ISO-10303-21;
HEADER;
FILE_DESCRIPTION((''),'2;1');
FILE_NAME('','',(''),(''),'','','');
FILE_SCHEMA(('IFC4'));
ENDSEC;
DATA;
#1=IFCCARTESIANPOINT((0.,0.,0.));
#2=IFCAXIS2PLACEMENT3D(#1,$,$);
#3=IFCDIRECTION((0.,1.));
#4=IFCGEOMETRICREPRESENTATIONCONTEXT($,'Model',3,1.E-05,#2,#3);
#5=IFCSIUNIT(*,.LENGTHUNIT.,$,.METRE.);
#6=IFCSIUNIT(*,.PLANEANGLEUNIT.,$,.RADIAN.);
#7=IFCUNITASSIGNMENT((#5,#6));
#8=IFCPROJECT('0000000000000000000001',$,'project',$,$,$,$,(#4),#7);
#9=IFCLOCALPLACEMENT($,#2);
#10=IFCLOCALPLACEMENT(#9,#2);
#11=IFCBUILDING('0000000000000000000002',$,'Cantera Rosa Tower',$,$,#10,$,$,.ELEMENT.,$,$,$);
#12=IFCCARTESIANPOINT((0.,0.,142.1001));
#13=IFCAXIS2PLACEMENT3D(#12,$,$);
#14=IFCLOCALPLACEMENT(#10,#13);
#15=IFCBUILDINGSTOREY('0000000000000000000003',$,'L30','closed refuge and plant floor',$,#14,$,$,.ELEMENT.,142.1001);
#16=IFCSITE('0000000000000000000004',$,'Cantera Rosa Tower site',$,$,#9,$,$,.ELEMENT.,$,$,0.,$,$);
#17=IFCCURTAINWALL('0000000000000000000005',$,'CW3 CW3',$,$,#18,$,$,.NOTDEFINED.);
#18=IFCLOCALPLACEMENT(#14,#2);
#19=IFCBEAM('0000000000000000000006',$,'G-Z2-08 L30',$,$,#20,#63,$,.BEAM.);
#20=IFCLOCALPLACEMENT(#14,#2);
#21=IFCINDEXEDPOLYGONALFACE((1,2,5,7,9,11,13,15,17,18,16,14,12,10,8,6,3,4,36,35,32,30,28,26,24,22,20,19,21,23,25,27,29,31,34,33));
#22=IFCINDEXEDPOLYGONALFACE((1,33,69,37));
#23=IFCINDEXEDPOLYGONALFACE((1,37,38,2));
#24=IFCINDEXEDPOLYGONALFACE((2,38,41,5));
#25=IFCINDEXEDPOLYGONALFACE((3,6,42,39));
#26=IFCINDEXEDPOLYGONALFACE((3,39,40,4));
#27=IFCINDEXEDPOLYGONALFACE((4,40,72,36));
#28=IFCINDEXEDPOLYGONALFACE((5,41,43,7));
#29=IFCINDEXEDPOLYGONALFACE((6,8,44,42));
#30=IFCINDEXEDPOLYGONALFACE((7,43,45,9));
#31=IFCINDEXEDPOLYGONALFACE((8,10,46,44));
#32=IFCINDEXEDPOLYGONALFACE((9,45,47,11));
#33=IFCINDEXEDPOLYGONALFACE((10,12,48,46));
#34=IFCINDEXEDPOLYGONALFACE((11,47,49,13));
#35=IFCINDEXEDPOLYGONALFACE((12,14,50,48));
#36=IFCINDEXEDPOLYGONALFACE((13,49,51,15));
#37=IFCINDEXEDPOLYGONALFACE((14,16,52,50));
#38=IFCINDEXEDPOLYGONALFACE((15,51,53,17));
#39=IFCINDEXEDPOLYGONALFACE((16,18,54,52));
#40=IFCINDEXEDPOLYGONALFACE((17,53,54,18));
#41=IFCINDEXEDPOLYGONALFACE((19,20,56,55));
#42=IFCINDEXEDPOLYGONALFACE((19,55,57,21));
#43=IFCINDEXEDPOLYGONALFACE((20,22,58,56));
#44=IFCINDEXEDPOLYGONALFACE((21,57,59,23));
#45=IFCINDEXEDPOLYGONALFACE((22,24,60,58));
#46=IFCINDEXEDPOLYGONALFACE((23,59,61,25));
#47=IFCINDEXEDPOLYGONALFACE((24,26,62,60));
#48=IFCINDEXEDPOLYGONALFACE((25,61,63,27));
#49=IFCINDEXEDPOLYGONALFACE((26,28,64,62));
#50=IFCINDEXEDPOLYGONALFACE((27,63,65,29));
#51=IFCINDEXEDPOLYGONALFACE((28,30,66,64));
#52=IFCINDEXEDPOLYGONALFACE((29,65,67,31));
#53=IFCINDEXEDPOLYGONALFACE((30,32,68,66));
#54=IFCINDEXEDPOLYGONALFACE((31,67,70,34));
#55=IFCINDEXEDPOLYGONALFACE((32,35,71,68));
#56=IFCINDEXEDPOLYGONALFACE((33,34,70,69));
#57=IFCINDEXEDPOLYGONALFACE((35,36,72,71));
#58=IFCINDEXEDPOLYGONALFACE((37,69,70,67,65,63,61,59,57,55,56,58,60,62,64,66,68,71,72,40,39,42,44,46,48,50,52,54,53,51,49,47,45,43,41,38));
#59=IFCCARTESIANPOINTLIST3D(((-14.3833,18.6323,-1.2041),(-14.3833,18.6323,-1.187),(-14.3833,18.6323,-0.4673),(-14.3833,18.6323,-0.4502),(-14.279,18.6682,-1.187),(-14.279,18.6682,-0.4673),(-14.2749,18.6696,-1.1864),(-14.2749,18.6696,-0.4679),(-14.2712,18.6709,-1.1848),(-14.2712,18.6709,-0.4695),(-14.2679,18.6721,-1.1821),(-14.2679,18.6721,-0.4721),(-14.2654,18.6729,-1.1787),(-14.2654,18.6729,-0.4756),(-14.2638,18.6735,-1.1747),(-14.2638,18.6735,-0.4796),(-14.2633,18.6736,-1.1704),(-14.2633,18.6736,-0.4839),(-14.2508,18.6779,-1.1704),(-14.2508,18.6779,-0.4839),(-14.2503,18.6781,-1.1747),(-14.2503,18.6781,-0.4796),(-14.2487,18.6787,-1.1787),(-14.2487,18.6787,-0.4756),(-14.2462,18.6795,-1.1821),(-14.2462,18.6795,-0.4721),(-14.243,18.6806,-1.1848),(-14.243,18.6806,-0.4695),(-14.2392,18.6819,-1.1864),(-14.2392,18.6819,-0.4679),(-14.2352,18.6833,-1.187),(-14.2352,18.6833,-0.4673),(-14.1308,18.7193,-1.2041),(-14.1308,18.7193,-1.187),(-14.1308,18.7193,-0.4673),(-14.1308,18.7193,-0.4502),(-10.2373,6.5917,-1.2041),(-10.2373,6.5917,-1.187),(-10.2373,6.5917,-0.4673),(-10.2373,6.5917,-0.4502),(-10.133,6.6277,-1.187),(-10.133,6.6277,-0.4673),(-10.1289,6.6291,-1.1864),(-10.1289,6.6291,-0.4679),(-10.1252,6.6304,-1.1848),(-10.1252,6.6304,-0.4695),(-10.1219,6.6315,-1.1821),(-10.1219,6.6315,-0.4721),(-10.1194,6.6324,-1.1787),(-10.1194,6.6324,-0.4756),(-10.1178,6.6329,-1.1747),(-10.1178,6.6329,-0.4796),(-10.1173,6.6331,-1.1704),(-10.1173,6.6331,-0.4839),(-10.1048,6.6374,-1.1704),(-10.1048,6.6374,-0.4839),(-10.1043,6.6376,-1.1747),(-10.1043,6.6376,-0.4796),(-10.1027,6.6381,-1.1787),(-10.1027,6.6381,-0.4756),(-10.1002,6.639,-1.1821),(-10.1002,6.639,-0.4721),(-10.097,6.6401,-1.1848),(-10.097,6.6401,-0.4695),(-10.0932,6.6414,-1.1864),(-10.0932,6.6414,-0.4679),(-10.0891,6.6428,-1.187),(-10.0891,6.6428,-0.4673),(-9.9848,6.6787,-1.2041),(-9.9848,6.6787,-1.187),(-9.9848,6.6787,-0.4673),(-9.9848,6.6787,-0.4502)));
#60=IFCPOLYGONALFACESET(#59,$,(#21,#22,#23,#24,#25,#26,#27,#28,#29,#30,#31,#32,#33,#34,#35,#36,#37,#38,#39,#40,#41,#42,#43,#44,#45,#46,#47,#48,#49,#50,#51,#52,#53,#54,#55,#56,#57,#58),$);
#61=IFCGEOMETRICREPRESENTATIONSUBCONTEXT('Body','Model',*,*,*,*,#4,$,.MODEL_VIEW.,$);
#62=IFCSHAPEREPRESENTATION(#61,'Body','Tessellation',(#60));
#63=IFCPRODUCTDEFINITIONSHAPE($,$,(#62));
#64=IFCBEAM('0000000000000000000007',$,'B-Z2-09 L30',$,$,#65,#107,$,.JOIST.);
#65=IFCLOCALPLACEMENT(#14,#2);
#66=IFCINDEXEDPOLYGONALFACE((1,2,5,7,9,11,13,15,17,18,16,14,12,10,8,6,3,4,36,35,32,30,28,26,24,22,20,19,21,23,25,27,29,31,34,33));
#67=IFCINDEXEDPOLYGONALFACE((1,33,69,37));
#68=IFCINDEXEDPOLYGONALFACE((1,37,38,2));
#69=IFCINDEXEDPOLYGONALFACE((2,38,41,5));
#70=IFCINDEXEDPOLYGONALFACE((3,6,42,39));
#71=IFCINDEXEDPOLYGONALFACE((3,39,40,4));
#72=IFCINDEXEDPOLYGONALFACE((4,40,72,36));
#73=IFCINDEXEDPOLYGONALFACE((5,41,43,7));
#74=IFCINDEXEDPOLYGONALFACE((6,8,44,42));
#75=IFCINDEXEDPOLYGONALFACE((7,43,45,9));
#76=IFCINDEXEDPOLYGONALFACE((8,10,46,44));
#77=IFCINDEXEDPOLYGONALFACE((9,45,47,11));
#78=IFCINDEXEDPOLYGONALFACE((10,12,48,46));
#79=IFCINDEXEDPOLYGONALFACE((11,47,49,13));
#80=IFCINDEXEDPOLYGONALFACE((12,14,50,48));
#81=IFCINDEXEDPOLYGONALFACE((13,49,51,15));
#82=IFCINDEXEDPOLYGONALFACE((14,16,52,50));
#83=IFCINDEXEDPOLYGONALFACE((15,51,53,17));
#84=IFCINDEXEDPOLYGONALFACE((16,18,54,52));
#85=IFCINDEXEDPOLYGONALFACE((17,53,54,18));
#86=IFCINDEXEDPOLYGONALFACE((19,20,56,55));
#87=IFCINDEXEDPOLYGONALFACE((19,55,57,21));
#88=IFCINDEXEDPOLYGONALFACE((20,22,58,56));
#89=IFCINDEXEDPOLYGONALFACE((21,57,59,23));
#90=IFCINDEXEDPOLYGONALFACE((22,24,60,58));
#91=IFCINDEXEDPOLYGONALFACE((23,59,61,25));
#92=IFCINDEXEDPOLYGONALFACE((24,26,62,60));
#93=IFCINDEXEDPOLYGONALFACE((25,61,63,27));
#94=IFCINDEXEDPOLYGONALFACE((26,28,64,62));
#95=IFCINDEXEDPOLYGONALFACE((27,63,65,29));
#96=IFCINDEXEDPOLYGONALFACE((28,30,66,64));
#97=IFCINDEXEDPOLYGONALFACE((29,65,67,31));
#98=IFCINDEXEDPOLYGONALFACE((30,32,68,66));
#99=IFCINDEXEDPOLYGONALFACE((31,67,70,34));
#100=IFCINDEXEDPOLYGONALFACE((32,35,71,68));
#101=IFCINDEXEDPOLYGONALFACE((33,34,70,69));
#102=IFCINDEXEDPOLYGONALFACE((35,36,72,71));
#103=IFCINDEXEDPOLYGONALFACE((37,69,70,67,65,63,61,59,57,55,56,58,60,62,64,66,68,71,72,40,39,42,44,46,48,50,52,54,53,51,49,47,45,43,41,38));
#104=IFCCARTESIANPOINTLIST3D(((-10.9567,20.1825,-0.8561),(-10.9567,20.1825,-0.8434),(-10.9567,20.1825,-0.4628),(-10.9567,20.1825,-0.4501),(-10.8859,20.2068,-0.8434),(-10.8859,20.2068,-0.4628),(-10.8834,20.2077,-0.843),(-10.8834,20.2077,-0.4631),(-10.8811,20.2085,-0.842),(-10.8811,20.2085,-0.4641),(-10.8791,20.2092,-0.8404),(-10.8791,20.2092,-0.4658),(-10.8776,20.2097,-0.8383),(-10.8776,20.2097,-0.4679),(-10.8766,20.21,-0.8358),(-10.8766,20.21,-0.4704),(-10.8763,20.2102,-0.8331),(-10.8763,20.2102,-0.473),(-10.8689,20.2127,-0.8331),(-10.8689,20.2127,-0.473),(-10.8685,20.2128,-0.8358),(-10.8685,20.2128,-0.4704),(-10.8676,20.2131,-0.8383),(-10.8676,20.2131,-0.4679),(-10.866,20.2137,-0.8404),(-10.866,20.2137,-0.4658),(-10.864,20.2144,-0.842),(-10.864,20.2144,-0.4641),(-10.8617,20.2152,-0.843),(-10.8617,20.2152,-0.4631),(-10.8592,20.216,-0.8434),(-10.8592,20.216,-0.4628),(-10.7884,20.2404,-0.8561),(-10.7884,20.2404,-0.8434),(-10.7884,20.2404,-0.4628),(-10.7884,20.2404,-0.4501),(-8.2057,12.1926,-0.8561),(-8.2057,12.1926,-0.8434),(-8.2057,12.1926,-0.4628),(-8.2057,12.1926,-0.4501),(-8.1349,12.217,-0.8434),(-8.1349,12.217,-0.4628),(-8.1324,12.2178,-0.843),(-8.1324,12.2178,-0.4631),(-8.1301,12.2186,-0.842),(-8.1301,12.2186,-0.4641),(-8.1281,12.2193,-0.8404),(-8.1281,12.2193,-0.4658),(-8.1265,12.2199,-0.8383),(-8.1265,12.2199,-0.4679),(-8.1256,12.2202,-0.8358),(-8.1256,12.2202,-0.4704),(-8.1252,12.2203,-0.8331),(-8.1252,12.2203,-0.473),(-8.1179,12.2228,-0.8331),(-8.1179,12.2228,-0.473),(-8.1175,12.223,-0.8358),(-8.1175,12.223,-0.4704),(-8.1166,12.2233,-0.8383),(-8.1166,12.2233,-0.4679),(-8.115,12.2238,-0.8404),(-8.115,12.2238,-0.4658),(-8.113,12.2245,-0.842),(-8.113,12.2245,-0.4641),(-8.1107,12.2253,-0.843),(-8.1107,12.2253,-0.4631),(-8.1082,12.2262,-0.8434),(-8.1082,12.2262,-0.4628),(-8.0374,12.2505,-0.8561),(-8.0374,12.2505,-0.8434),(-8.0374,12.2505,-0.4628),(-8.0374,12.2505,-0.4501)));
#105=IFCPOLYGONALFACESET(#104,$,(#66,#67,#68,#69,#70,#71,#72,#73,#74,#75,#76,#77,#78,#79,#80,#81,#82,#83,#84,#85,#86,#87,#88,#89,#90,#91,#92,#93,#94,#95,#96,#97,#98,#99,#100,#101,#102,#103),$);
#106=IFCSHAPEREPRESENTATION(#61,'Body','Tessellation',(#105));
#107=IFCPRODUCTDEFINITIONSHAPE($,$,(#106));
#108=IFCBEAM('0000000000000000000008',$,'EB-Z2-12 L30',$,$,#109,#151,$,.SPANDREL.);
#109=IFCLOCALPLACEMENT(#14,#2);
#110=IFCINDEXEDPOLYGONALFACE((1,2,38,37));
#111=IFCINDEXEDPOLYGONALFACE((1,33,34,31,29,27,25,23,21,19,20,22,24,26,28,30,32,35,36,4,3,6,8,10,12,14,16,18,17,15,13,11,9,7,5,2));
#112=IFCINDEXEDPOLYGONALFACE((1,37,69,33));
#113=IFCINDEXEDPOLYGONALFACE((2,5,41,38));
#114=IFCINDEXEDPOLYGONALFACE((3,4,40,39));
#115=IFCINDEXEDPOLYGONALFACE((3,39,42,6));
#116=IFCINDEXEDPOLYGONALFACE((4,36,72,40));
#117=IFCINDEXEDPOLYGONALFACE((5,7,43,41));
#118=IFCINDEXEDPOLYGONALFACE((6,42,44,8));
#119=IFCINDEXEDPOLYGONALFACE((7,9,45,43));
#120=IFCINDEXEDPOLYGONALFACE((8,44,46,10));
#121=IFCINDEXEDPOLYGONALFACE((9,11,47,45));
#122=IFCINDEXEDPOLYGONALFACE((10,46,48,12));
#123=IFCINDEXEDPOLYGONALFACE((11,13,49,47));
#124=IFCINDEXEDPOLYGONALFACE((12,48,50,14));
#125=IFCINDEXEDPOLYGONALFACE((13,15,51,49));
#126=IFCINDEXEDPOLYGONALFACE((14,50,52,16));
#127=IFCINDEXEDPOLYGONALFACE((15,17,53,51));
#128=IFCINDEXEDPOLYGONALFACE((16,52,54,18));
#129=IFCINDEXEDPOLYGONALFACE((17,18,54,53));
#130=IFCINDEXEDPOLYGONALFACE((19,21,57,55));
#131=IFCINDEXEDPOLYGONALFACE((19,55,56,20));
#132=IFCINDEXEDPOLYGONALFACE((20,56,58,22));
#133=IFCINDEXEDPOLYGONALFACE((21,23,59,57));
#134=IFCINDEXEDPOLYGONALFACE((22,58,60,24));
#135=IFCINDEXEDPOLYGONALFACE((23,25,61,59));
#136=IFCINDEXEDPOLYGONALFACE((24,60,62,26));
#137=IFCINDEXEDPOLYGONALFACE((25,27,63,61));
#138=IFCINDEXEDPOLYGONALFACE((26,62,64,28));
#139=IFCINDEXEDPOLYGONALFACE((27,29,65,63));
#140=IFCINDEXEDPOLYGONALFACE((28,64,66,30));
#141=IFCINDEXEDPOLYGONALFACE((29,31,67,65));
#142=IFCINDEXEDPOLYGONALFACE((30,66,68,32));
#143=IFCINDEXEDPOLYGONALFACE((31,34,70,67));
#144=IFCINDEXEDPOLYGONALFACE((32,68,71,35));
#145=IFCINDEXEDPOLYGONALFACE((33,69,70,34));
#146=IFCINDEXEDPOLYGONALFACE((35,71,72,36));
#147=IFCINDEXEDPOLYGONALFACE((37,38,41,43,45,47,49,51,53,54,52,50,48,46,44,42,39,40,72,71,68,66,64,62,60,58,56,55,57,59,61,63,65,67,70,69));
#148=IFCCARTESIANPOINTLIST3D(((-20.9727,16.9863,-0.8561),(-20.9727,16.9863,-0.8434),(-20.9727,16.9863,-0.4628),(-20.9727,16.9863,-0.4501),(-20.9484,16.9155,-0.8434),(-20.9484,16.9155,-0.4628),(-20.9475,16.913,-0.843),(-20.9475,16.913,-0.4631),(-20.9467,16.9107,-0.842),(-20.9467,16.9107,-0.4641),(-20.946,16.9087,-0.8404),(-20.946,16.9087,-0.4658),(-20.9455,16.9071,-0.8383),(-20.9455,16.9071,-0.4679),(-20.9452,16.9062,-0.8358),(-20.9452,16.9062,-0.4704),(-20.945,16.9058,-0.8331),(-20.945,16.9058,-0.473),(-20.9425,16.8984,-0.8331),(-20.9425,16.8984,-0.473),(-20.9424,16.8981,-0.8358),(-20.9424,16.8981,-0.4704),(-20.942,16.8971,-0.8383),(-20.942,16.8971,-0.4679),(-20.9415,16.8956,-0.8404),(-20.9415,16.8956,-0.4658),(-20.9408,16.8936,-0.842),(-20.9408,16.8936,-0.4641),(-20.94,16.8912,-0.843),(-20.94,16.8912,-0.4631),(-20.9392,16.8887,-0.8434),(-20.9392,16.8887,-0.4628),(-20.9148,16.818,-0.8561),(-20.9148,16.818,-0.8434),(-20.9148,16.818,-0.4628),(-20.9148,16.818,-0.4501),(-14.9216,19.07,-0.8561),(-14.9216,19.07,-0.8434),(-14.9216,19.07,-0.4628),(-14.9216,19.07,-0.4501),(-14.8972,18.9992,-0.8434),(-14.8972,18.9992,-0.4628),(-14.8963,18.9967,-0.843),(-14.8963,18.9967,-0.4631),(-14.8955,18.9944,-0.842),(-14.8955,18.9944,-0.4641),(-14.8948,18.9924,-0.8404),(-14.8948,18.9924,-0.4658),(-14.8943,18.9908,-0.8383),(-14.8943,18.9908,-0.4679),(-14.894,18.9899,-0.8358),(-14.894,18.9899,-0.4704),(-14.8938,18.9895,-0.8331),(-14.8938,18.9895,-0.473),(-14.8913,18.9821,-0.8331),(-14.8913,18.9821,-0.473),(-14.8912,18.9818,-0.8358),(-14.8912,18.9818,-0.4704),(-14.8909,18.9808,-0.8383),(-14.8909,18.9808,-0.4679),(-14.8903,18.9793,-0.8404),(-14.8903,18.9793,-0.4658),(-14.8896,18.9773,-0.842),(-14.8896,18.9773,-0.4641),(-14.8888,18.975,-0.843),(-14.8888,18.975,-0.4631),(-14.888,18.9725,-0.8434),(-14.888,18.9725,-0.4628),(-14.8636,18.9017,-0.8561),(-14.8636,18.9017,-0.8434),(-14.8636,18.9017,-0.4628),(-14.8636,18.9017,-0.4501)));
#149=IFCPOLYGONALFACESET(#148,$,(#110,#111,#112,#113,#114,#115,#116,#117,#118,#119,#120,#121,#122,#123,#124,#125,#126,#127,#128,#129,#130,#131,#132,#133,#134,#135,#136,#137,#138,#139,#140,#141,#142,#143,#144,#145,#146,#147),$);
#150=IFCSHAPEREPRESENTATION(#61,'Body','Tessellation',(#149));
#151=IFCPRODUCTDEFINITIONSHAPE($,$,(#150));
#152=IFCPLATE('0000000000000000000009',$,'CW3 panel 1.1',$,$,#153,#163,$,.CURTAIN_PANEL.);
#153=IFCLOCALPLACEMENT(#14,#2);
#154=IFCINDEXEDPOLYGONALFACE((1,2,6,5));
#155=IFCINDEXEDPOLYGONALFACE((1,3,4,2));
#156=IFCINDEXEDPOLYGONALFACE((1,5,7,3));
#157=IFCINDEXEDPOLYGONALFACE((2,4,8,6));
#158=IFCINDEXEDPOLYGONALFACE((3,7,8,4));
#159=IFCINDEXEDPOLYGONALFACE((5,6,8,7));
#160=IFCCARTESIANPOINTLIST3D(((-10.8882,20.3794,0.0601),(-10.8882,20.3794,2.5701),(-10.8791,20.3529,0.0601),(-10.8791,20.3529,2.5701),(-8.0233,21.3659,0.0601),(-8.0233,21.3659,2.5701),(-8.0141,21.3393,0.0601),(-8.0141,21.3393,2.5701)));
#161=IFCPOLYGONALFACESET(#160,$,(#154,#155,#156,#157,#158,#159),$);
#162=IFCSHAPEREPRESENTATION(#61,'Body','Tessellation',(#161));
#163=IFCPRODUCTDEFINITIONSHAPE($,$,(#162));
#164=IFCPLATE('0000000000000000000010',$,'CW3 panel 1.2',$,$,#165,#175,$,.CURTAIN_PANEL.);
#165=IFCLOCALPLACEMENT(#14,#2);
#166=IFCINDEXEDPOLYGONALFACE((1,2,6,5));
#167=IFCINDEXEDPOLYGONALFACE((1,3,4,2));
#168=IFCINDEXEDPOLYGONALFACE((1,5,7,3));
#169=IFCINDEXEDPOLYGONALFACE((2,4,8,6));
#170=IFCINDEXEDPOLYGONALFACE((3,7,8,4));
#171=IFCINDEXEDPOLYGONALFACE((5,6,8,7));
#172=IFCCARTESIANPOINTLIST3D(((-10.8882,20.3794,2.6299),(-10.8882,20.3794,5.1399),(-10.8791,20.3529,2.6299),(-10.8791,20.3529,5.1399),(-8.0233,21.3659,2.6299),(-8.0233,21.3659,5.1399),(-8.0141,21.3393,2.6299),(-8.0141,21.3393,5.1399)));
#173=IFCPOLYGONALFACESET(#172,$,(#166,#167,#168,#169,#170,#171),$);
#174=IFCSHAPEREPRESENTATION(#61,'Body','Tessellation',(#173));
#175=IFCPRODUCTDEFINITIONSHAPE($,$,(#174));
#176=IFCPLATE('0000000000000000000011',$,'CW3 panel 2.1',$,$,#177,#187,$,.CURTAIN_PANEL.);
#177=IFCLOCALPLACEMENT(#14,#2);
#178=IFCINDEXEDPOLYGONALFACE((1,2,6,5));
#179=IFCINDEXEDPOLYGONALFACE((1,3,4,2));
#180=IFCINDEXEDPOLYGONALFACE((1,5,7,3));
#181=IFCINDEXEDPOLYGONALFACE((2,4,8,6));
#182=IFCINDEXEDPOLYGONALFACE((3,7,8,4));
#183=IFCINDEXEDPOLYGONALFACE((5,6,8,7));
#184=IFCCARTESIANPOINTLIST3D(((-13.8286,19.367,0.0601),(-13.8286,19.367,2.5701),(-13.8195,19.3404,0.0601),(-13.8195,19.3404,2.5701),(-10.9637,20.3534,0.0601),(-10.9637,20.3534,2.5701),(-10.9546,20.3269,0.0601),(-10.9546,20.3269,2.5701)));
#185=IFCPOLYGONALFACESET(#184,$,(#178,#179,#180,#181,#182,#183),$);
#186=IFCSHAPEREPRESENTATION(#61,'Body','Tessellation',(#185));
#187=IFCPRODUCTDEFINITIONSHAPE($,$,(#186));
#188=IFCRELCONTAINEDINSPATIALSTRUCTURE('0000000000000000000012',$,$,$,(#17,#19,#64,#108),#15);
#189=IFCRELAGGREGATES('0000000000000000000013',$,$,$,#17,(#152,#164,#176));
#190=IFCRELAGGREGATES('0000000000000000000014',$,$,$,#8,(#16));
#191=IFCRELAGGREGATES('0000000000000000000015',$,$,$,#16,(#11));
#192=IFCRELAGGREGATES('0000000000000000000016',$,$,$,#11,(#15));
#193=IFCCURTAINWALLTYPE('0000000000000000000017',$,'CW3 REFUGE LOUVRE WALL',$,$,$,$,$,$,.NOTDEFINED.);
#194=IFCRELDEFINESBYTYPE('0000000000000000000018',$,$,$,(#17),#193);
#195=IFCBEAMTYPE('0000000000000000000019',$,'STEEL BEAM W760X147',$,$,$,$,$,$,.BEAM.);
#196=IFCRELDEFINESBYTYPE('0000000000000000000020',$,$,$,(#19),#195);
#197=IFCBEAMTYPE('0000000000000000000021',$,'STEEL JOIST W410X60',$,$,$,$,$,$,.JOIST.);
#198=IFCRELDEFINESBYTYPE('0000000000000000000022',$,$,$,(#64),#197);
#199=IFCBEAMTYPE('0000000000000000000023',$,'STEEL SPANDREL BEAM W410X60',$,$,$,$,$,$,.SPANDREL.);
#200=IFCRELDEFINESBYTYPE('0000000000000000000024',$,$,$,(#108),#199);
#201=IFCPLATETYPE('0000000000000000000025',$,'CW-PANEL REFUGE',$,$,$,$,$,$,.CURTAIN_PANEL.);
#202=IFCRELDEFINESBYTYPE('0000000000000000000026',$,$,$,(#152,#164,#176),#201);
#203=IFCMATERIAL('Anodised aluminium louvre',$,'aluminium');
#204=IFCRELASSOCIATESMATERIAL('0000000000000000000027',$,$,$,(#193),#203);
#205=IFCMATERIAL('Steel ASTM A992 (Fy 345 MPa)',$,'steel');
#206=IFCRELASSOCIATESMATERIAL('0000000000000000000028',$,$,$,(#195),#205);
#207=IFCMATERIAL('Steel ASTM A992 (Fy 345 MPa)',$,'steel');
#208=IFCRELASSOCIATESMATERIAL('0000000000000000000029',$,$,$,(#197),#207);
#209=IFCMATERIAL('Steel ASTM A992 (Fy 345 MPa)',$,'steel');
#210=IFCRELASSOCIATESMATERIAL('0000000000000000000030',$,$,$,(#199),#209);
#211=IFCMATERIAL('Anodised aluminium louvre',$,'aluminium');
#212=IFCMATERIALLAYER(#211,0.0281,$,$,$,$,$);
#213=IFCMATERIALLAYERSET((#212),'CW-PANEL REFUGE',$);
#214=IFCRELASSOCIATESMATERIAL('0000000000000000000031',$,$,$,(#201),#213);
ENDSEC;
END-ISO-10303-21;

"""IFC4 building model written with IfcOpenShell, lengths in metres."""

from ifc_helpers import new_model, si_unit, direction, frame, origin, origin_2d, place, context, subcontext, project, spatial, rectangle, i_section, extrude, material, layer, layer_set, material_profile, profile_set, type_object, element, aggregate, save


model = new_model("IFC4")

# Units and contexts
model_context = context("Model", 3, precision=1e-05, world=origin(), true_north=direction((0.0, 1.0)))
body_context = subcontext(model_context, "Body", "Model", "MODEL_VIEW")
ifc_project = project(units=[si_unit("LENGTHUNIT", "METRE"), si_unit("PLANEANGLEUNIT", "RADIAN")], contexts=[model_context])

# Site, building, storey
site_placement = place(None, origin())
site = spatial("IfcSite", under=ifc_project, at=site_placement, Name="Cantera Rosa Tower site", CompositionType="ELEMENT", RefElevation=0.0)
building_placement = place(site_placement, origin())
building = spatial("IfcBuilding", under=site, at=building_placement, Name="Cantera Rosa Tower", CompositionType="ELEMENT")
storey_placement = place(building_placement, frame((0.0, 0.0, 142.1001)))
storey = spatial("IfcBuildingStorey", under=building, at=storey_placement, Name="L30", Description="closed refuge and plant floor", CompositionType="ELEMENT", Elevation=142.1001)

# Curtain wall
ifc_material_1 = material(Name="Anodised aluminium louvre", Category="aluminium")
curtain_wall_type = type_object("IfcCurtainWallType", Name="CW3 REFUGE LOUVRE WALL", PredefinedType="NOTDEFINED", material=ifc_material_1)
curtain_wall_1_placement = place(storey_placement, origin())
curtain_wall_1 = element("IfcCurtainWall", 1, at=curtain_wall_1_placement, inside=storey, type_object=curtain_wall_type, Name="CW3 CW3", PredefinedType="NOTDEFINED")

# Beams
ifc_material_2 = material(Name="Steel ASTM A992 (Fy 345 MPa)", Category="steel")
ifc_material_profile_1 = material_profile(ifc_material_2, i_section(OverallWidth=0.2671, OverallDepth=0.7539, WebThickness=0.0132, FlangeThickness=0.0171, FilletRadius=0.0166, at=origin_2d()), Name="W760X147")
ifc_profile_set_1 = profile_set([ifc_material_profile_1], Name="Steel ASTM A992 (Fy 345 MPa)")
beam_type_1 = type_object("IfcBeamType", Name="STEEL BEAM W760X147", PredefinedType="BEAM", material=ifc_profile_set_1)
beam_1_placement = place(storey_placement, frame((-14.2571, 18.6758, -0.8271), z_axis=(0.325576, -0.945516, 0.0), x_axis=(0.945516, 0.325576, 0.0)))
element("IfcBeam", 2, at=beam_1_placement, inside=storey, type_object=beam_type_1, Name="G-Z2-08 L30", PredefinedType="BEAM", context=body_context, shape_type="SweptSolid", body=[
    extrude(i_section(OverallWidth=0.2671, OverallDepth=0.7539, WebThickness=0.0132, FlangeThickness=0.0171, FilletRadius=0.0166, at=origin_2d()), origin(), (0.0, 0.0, 1.0), 12.7344),
])
ifc_material_3 = material(Name="Steel ASTM A992 (Fy 345 MPa)", Category="steel")
ifc_material_profile_2 = material_profile(ifc_material_3, i_section(OverallWidth=0.178, OverallDepth=0.406, WebThickness=0.0078, FlangeThickness=0.0127, FilletRadius=0.0103, at=origin_2d()), Name="W410X60")
ifc_profile_set_2 = profile_set([ifc_material_profile_2], Name="Steel ASTM A992 (Fy 345 MPa)")
beam_type_2 = type_object("IfcBeamType", Name="STEEL JOIST W410X60", PredefinedType="JOIST", material=ifc_profile_set_2)
beam_2_placement = place(storey_placement, frame((-10.8726, 20.2114, -0.6531), z_axis=(0.325556, -0.945523, 0.0), x_axis=(0.945523, 0.325556, 0.0)))
element("IfcBeam", 3, at=beam_2_placement, inside=storey, type_object=beam_type_2, Name="B-Z2-09 L30", PredefinedType="JOIST", context=body_context, shape_type="SweptSolid", body=[
    extrude(i_section(OverallWidth=0.178, OverallDepth=0.406, WebThickness=0.0078, FlangeThickness=0.0127, FilletRadius=0.0103, at=origin_2d()), origin(), (0.0, 0.0, 1.0), 8.4502),
])
ifc_material_4 = material(Name="Steel ASTM A992 (Fy 345 MPa)", Category="steel")
ifc_material_profile_3 = material_profile(ifc_material_4, i_section(OverallWidth=0.178, OverallDepth=0.406, WebThickness=0.0078, FlangeThickness=0.0127, FilletRadius=0.0103, at=origin_2d()), Name="W410X60")
ifc_profile_set_3 = profile_set([ifc_material_profile_3], Name="Steel ASTM A992 (Fy 345 MPa)")
beam_type_3 = type_object("IfcBeamType", Name="STEEL SPANDREL BEAM W410X60", PredefinedType="SPANDREL", material=ifc_profile_set_3)
beam_3_placement = place(storey_placement, frame((-14.8926, 18.9858, -0.6531), z_axis=(-0.945513, -0.325585, 0.0), x_axis=(0.325585, -0.945513, 0.0)))
element("IfcBeam", 4, at=beam_3_placement, inside=storey, type_object=beam_type_3, Name="EB-Z2-12 L30", PredefinedType="SPANDREL", context=body_context, shape_type="SweptSolid", body=[
    extrude(i_section(OverallWidth=0.178, OverallDepth=0.406, WebThickness=0.0078, FlangeThickness=0.0127, FilletRadius=0.0103, at=origin_2d()), origin(), (0.0, 0.0, 1.0), 6.3999),
])

# Plates
ifc_material_5 = material(Name="Anodised aluminium louvre", Category="aluminium")
ifc_layer = layer(ifc_material_5, 0.0281)
ifc_layer_set = layer_set([ifc_layer], Name="CW-PANEL REFUGE")
plate_type = type_object("IfcPlateType", Name="CW-PANEL REFUGE", PredefinedType="CURTAIN_PANEL", material=ifc_layer_set)
plate_1_placement = place(storey_placement, frame((-9.4512, 20.8594, 0.0601), z_axis=(0.0, 0.0, 1.0), x_axis=(-0.945519, -0.325568, 0.0)))
plate_1 = element("IfcPlate", 5, at=plate_1_placement, type_object=plate_type, Name="CW3 panel 1.1", PredefinedType="CURTAIN_PANEL", context=body_context, shape_type="SweptSolid", body=[
    extrude(rectangle(XDim=3.03, YDim=0.0281, at=origin_2d()), origin(), (0.0, 0.0, 1.0), 2.51),
])
plate_2_placement = place(storey_placement, frame((-9.4512, 20.8594, 2.6299), z_axis=(0.0, 0.0, 1.0), x_axis=(-0.945519, -0.325568, 0.0)))
plate_2 = element("IfcPlate", 6, at=plate_2_placement, type_object=plate_type, Name="CW3 panel 1.2", PredefinedType="CURTAIN_PANEL", context=body_context, shape_type="SweptSolid", body=[
    extrude(rectangle(XDim=3.03, YDim=0.0281, at=origin_2d()), origin(), (0.0, 0.0, 1.0), 2.51),
])
plate_3_placement = place(storey_placement, frame((-12.3916, 19.8469, 0.0601), z_axis=(0.0, 0.0, 1.0), x_axis=(-0.945519, -0.325568, 0.0)))
plate_3 = element("IfcPlate", 7, at=plate_3_placement, type_object=plate_type, Name="CW3 panel 2.1", PredefinedType="CURTAIN_PANEL", context=body_context, shape_type="SweptSolid", body=[
    extrude(rectangle(XDim=3.03, YDim=0.0281, at=origin_2d()), origin(), (0.0, 0.0, 1.0), 2.51),
])
aggregate(curtain_wall_1, [plate_1, plate_2, plate_3])

save(model, "model.ifc")
